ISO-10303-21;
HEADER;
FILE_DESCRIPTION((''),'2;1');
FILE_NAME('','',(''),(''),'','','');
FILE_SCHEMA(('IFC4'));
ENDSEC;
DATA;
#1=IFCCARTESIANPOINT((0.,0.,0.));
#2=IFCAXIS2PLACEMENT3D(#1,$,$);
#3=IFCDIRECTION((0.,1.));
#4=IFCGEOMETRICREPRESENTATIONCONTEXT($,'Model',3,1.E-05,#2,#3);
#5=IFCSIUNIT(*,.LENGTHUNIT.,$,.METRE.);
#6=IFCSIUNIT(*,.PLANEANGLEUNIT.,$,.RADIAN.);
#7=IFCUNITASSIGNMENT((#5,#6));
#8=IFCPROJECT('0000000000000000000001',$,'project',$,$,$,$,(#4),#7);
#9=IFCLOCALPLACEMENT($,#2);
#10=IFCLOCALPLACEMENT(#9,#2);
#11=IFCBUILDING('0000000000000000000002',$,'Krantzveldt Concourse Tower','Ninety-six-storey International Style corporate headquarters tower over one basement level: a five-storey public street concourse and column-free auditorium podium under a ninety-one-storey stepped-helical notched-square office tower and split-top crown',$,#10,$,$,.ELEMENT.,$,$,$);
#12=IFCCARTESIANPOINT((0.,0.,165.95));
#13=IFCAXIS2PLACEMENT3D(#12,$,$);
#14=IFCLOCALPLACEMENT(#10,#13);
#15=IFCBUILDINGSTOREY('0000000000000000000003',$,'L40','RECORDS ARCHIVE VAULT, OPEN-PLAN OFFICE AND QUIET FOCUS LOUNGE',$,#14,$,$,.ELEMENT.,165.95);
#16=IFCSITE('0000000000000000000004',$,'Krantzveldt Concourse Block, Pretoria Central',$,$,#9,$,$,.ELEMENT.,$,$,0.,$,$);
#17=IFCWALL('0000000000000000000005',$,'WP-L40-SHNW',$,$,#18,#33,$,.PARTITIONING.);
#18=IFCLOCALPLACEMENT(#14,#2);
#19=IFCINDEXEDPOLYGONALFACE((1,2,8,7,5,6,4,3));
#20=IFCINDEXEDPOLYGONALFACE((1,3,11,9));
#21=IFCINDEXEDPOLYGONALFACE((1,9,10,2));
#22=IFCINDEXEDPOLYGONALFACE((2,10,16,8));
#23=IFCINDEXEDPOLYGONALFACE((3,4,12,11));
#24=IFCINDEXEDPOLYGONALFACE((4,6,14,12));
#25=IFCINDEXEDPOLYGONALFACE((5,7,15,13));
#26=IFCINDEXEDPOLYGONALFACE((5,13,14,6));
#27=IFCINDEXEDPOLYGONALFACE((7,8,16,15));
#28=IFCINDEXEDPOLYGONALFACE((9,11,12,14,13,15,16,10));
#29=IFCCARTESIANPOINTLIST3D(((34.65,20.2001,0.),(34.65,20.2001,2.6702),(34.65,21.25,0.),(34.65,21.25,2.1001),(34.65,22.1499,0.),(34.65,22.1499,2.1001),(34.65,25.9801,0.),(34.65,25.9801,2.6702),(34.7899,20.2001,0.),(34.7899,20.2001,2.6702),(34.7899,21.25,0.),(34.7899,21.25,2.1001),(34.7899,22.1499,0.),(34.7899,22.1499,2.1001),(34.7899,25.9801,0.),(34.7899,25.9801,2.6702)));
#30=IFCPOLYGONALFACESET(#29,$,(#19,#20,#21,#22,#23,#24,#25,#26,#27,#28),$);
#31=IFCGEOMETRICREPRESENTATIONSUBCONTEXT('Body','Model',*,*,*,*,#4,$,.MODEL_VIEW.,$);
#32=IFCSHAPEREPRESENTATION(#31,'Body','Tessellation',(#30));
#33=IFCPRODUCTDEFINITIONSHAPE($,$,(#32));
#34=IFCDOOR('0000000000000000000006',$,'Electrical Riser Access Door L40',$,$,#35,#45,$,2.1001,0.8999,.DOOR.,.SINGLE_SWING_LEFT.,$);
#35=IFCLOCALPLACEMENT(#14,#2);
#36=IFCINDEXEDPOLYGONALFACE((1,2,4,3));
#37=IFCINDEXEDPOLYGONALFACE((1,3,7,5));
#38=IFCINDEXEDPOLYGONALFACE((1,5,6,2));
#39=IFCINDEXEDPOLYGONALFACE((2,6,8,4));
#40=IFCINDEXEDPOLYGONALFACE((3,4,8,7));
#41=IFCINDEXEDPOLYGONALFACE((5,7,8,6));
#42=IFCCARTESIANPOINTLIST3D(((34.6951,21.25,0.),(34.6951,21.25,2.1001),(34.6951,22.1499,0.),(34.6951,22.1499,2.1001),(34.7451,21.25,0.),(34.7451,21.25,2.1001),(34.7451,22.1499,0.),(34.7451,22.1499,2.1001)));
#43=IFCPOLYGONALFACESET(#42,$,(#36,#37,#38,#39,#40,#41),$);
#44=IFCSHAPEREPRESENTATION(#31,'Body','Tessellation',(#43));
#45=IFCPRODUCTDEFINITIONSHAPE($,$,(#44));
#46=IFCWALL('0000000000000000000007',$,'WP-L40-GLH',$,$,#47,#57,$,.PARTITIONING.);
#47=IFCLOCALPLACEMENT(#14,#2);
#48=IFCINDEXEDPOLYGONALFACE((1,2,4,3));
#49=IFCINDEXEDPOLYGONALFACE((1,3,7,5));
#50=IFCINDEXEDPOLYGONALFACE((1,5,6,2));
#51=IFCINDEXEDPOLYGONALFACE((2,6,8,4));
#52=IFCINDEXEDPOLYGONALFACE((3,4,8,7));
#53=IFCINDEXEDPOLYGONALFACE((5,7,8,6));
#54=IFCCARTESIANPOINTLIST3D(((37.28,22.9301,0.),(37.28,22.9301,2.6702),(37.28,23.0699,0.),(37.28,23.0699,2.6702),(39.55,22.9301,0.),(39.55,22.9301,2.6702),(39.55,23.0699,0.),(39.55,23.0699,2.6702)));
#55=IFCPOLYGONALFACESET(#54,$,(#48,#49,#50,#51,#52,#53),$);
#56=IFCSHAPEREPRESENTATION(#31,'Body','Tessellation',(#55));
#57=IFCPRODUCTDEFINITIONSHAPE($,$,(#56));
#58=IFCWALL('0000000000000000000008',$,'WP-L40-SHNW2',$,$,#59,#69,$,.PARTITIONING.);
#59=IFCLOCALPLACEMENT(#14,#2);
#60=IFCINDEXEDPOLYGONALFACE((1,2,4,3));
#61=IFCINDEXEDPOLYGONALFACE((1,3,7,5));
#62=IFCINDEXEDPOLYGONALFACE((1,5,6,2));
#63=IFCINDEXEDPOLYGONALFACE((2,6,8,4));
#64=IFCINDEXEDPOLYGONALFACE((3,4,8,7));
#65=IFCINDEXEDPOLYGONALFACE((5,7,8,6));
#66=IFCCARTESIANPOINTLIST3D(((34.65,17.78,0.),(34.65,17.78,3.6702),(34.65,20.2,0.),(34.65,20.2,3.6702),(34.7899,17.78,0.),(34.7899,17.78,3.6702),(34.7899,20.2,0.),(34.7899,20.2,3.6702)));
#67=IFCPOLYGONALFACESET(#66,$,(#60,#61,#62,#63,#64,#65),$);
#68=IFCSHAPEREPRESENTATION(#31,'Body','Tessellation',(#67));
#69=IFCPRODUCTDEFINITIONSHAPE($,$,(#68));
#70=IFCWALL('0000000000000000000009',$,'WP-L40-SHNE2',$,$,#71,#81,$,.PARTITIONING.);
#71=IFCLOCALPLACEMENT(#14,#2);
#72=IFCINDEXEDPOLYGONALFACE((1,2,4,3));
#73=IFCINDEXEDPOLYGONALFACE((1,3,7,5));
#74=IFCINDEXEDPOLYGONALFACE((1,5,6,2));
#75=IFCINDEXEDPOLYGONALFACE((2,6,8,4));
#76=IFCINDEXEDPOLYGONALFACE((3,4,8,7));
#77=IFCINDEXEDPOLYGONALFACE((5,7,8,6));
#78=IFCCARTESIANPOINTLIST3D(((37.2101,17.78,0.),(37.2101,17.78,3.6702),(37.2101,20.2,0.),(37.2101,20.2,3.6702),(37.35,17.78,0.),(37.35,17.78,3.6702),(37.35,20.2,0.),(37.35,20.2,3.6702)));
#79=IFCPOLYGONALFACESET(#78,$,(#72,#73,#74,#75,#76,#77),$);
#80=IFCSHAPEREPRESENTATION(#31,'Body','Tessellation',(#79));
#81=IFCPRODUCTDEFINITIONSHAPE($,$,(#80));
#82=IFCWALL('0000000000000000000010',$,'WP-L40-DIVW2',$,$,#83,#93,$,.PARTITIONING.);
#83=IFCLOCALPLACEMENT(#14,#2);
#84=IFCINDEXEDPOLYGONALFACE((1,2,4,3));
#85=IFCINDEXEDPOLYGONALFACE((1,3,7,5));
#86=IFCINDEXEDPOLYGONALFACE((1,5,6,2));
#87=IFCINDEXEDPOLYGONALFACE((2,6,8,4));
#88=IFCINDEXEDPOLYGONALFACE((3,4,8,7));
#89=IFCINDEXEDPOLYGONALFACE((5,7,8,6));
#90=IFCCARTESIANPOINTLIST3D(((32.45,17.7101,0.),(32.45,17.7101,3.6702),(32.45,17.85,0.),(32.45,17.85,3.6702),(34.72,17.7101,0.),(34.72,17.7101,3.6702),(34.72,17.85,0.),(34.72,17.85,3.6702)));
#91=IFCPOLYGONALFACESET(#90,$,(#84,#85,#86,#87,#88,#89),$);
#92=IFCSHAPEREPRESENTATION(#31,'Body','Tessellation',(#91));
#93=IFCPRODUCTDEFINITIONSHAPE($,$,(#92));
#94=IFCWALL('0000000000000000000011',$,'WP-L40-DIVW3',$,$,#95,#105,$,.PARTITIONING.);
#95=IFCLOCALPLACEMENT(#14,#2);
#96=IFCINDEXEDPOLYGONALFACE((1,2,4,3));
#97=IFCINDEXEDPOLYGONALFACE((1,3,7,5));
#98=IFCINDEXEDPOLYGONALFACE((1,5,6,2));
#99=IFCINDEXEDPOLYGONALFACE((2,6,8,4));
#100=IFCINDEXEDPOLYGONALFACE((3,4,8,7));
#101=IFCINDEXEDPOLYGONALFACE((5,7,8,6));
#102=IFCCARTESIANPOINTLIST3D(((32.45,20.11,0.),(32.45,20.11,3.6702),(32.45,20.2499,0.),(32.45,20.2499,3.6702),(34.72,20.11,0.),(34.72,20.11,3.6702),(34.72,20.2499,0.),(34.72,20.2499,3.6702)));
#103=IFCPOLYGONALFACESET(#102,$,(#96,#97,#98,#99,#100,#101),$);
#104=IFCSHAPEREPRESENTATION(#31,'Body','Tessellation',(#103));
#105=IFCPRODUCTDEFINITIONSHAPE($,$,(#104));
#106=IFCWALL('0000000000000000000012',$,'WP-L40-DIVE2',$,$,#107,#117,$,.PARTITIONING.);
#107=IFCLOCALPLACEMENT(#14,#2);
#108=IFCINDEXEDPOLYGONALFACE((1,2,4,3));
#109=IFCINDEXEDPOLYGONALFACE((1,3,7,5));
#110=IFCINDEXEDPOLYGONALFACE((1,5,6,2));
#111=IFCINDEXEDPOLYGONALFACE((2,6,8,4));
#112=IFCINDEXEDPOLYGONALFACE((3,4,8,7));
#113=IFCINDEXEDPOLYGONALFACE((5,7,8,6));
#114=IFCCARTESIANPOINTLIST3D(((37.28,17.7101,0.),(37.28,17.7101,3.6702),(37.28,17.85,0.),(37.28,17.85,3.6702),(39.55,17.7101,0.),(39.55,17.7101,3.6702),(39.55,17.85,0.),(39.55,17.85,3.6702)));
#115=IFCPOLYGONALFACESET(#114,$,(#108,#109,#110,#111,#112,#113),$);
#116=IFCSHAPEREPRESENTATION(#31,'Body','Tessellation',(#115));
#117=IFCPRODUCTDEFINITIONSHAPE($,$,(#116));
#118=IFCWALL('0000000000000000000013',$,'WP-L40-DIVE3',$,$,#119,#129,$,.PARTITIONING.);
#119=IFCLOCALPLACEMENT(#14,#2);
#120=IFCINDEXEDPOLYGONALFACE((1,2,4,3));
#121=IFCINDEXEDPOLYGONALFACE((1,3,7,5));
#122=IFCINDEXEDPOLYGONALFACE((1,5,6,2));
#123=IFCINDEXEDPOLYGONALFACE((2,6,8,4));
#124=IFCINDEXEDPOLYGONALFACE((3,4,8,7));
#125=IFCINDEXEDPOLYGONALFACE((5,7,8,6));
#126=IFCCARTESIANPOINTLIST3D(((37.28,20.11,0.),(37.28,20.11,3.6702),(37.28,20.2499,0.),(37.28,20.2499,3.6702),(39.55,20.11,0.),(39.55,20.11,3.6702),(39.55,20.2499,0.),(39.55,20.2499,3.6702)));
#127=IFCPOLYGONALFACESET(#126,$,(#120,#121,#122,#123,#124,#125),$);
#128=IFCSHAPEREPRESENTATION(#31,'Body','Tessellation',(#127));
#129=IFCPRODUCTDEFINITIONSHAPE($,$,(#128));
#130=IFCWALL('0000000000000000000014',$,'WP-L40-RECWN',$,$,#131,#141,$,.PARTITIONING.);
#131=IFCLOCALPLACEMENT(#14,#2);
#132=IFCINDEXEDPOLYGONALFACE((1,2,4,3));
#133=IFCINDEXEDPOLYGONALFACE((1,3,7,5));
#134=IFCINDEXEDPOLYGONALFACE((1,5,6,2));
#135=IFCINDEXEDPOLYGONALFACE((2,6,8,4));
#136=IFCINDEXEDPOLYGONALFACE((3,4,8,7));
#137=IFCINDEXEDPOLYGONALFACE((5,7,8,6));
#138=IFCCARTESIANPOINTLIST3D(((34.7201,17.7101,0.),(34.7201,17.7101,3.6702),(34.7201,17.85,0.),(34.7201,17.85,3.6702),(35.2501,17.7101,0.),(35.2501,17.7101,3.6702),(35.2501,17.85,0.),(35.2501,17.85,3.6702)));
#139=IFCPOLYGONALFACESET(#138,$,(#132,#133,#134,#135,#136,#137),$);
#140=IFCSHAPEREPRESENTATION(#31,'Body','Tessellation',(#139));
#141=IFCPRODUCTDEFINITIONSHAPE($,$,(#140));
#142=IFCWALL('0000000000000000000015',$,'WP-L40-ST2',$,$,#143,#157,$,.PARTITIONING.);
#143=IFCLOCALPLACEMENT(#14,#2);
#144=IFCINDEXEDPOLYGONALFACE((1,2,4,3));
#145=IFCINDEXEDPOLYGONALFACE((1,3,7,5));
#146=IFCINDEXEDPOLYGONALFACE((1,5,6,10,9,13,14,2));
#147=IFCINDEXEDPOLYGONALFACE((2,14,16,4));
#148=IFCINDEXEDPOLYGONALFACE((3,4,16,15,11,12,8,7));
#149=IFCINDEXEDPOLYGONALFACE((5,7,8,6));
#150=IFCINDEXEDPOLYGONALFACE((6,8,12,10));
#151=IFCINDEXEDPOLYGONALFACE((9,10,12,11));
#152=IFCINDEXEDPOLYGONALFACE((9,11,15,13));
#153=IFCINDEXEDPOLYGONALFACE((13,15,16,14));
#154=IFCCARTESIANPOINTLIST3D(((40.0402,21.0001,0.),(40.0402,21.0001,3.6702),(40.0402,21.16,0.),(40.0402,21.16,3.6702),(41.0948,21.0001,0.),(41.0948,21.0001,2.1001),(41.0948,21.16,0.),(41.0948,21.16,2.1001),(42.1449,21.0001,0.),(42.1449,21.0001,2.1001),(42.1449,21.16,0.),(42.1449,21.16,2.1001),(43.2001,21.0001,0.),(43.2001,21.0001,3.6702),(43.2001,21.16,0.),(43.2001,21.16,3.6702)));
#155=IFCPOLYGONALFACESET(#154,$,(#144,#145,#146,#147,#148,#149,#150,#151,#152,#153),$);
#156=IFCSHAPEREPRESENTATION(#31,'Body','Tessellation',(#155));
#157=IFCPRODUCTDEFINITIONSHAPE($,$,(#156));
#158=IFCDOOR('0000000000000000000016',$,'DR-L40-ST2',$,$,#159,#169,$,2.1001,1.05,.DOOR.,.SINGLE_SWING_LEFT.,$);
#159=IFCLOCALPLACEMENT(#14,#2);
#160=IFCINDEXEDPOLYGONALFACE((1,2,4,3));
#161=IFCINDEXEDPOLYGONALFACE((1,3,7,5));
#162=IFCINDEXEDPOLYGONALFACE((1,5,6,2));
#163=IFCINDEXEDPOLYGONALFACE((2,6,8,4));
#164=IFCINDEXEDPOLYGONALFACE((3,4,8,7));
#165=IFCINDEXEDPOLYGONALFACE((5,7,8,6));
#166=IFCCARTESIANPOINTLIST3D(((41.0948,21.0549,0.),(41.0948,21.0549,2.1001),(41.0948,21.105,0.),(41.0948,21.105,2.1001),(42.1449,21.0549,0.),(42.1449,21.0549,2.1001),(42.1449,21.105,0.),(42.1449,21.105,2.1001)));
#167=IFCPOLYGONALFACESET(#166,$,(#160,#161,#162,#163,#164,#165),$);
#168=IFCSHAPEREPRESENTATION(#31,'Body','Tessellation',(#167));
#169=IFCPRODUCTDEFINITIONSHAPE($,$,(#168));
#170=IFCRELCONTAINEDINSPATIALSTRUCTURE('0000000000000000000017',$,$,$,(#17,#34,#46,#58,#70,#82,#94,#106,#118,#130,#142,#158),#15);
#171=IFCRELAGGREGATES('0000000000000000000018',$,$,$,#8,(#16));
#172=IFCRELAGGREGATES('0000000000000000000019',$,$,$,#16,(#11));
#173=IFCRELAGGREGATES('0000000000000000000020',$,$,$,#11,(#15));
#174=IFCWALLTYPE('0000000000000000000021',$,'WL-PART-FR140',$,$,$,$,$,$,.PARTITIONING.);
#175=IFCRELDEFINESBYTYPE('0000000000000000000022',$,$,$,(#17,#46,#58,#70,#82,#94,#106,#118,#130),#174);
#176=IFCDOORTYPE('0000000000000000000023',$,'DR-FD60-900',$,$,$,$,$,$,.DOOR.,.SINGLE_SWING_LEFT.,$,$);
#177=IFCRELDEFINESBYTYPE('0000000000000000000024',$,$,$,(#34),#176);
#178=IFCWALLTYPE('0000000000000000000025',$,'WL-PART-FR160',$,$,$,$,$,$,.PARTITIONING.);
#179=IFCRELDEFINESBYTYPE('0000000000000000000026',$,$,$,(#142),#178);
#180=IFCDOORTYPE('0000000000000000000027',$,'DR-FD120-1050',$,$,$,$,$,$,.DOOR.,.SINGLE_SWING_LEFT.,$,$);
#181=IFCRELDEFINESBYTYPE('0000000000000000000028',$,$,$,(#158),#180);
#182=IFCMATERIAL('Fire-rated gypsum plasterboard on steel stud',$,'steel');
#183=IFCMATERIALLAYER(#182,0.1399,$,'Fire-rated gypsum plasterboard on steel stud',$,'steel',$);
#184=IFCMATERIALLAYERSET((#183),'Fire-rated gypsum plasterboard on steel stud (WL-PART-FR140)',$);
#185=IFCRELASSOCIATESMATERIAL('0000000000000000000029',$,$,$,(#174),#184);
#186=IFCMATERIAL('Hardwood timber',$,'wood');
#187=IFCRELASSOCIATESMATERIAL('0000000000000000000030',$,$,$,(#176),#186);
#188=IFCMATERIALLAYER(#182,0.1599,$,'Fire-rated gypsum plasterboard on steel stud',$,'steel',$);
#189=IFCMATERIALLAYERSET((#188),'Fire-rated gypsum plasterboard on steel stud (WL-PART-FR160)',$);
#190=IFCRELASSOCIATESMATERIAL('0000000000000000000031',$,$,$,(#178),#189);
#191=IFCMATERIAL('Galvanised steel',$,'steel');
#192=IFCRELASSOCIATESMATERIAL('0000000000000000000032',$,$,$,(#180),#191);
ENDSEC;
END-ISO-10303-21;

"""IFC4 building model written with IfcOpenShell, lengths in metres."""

from ifc_helpers import new_model, si_unit, direction, frame, frame_2d, origin, place, context, subcontext, project, spatial, rectangle, extrude, material, layer, layer_set, type_object, element, fill, save


model = new_model("IFC4")

# Units and contexts
model_context = context("Model", 3, precision=1e-05, world=origin(), true_north=direction((0.0, 1.0)))
body_context = subcontext(model_context, "Body", "Model", "MODEL_VIEW")
ifc_project = project(units=[si_unit("LENGTHUNIT", "METRE"), si_unit("PLANEANGLEUNIT", "RADIAN")], contexts=[model_context])

# Site, building, storey
site_placement = place(None, origin())
site = spatial("IfcSite", under=ifc_project, at=site_placement, Name="Krantzveldt Concourse Block, Pretoria Central", CompositionType="ELEMENT", RefElevation=0.0)
building_placement = place(site_placement, origin())
building = spatial("IfcBuilding", under=site, at=building_placement, Name="Krantzveldt Concourse Tower", Description="Ninety-six-storey International Style corporate headquarters tower over one basement level: a five-storey public street concourse and column-free auditorium podium under a ninety-one-storey stepped-helical notched-square office tower and split-top crown", CompositionType="ELEMENT")
storey_placement = place(building_placement, frame((0.0, 0.0, 165.95)))
storey = spatial("IfcBuildingStorey", under=building, at=storey_placement, Name="L40", Description="RECORDS ARCHIVE VAULT, OPEN-PLAN OFFICE AND QUIET FOCUS LOUNGE", CompositionType="ELEMENT", Elevation=165.95)

# Wall, opening, door
ifc_material_1 = material(Name="Fire-rated gypsum plasterboard on steel stud", Category="steel")
ifc_layer_1 = layer(ifc_material_1, 0.1399, Name="Fire-rated gypsum plasterboard on steel stud", Category="steel")
ifc_layer_set_1 = layer_set([ifc_layer_1], Name="Fire-rated gypsum plasterboard on steel stud (WL-PART-FR140)")
wall_type_1 = type_object("IfcWallType", Name="WL-PART-FR140", PredefinedType="PARTITIONING", material=ifc_layer_set_1)
wall_1_placement = place(storey_placement, frame((34.72, 20.2, 0.0), z_axis=(0.0, 0.0, 1.0), x_axis=(0.0, 1.0, 0.0)))
wall_1 = element("IfcWall", 1, at=wall_1_placement, inside=storey, type_object=wall_type_1, Name="WP-L40-SHNW", PredefinedType="PARTITIONING", context=body_context, shape_type="SweptSolid", body=[
    extrude(rectangle(XDim=5.78, YDim=0.1399, at=frame_2d((2.8901, 0.0))), origin(), (0.0, 0.0, 1.0), 2.6702),
])
opening_1_placement = place(wall_1_placement, frame((1.05, 0.0, 0.0)))
opening_1 = element("IfcOpeningElement", 2, at=opening_1_placement, cuts=wall_1, PredefinedType="OPENING", context=body_context, shape_type="SweptSolid", body=[
    extrude(rectangle(XDim=0.8999, YDim=2.1001, at=frame_2d((0.45, 1.05))), frame((0.0, 0.0801, 0.0), z_axis=(0.0, -1.0, 0.0), x_axis=(1.0, 0.0, 0.0)), (0.0, 0.0, 1.0), 0.1599),
])
ifc_material_2 = material(Name="Hardwood timber", Category="wood")
door_type_1 = type_object("IfcDoorType", Name="DR-FD60-900", OperationType="SINGLE_SWING_LEFT", PredefinedType="DOOR", material=ifc_material_2)
door_1_placement = place(opening_1_placement, origin())
door_1 = element("IfcDoor", 3, at=door_1_placement, inside=storey, type_object=door_type_1, Name="Electrical Riser Access Door L40", OperationType="SINGLE_SWING_LEFT", OverallHeight=2.1001, OverallWidth=0.8999, PredefinedType="DOOR", context=body_context, shape_type="SweptSolid", body=[
    extrude(rectangle(XDim=0.8999, YDim=2.1001, at=frame_2d((0.45, 1.05))), frame((0.0, 0.0249, 0.0), z_axis=(0.0, -1.0, 0.0), x_axis=(1.0, 0.0, 0.0)), (0.0, 0.0, 1.0), 0.05),
])
fill(opening_1, door_1)

# Walls
wall_2_placement = place(storey_placement, frame((37.28, 23.0, 0.0), z_axis=(0.0, 0.0, 1.0), x_axis=(1.0, 0.0, 0.0)))
element("IfcWall", 4, at=wall_2_placement, inside=storey, type_object=wall_type_1, Name="WP-L40-GLH", PredefinedType="PARTITIONING", context=body_context, shape_type="SweptSolid", body=[
    extrude(rectangle(XDim=2.27, YDim=0.1399, at=frame_2d((1.135, 0.0))), origin(), (0.0, 0.0, 1.0), 2.6702),
])
for number, where, z_axis, x_axis, name in (
    (5, (34.72, 17.78, 0.0), (0.0, 0.0, 1.0), (0.0, 1.0, 0.0), "WP-L40-SHNW2"),
    (6, (37.28, 17.78, 0.0), (0.0, 0.0, 1.0), (0.0, 1.0, 0.0), "WP-L40-SHNE2"),
):
    element("IfcWall", number, at=place(storey_placement, frame(where, z_axis=z_axis, x_axis=x_axis)), inside=storey, type_object=wall_type_1, Name=name, PredefinedType="PARTITIONING", context=body_context, shape_type="SweptSolid", body=[
        extrude(rectangle(XDim=2.4199, YDim=0.1399, at=frame_2d((1.21, 0.0))), origin(), (0.0, 0.0, 1.0), 3.6702),
    ])
for number, where, z_axis, x_axis, name in (
    (7, (32.45, 17.78, 0.0), (0.0, 0.0, 1.0), (1.0, 0.0, 0.0), "WP-L40-DIVW2"),
    (8, (32.45, 20.1799, 0.0), (0.0, 0.0, 1.0), (1.0, 0.0, 0.0), "WP-L40-DIVW3"),
    (9, (37.28, 17.78, 0.0), (0.0, 0.0, 1.0), (1.0, 0.0, 0.0), "WP-L40-DIVE2"),
    (10, (37.28, 20.1799, 0.0), (0.0, 0.0, 1.0), (1.0, 0.0, 0.0), "WP-L40-DIVE3"),
):
    element("IfcWall", number, at=place(storey_placement, frame(where, z_axis=z_axis, x_axis=x_axis)), inside=storey, type_object=wall_type_1, Name=name, PredefinedType="PARTITIONING", context=body_context, shape_type="SweptSolid", body=[
        extrude(rectangle(XDim=2.27, YDim=0.1399, at=frame_2d((1.135, 0.0))), origin(), (0.0, 0.0, 1.0), 3.6702),
    ])
wall_3_placement = place(storey_placement, frame((34.72, 17.78, 0.0), z_axis=(0.0, 0.0, 1.0), x_axis=(1.0, 0.0, 0.0)))
element("IfcWall", 11, at=wall_3_placement, inside=storey, type_object=wall_type_1, Name="WP-L40-RECWN", PredefinedType="PARTITIONING", context=body_context, shape_type="SweptSolid", body=[
    extrude(rectangle(XDim=0.53, YDim=0.1399, at=frame_2d((0.2651, 0.0))), origin(), (0.0, 0.0, 1.0), 3.6702),
])

# Wall, opening, door
ifc_layer_2 = layer(ifc_material_1, 0.1599, Name="Fire-rated gypsum plasterboard on steel stud", Category="steel")
ifc_layer_set_2 = layer_set([ifc_layer_2], Name="Fire-rated gypsum plasterboard on steel stud (WL-PART-FR160)")
wall_type_2 = type_object("IfcWallType", Name="WL-PART-FR160", PredefinedType="PARTITIONING", material=ifc_layer_set_2)
wall_4_placement = place(storey_placement, frame((40.04, 21.0801, 0.0), z_axis=(0.0, 0.0, 1.0), x_axis=(1.0, 0.0, 0.0)))
wall_4 = element("IfcWall", 12, at=wall_4_placement, inside=storey, type_object=wall_type_2, Name="WP-L40-ST2", PredefinedType="PARTITIONING", context=body_context, shape_type="SweptSolid", body=[
    extrude(rectangle(XDim=3.1599, YDim=0.1599, at=frame_2d((1.5801, 0.0))), origin(), (0.0, 0.0, 1.0), 3.6702),
])
opening_2_placement = place(wall_4_placement, frame((1.0549, 0.0, 0.0)))
opening_2 = element("IfcOpeningElement", 13, at=opening_2_placement, cuts=wall_4, PredefinedType="OPENING", context=body_context, shape_type="SweptSolid", body=[
    extrude(rectangle(XDim=1.05, YDim=2.1001, at=frame_2d((0.5249, 1.05))), frame((0.0, 0.0898, 0.0), z_axis=(0.0, -1.0, 0.0), x_axis=(1.0, 0.0, 0.0)), (0.0, 0.0, 1.0), 0.1799),
])
ifc_material_3 = material(Name="Galvanised steel", Category="steel")
door_type_2 = type_object("IfcDoorType", Name="DR-FD120-1050", OperationType="SINGLE_SWING_LEFT", PredefinedType="DOOR", material=ifc_material_3)
door_2_placement = place(opening_2_placement, origin())
door_2 = element("IfcDoor", 14, at=door_2_placement, inside=storey, type_object=door_type_2, Name="DR-L40-ST2", OperationType="SINGLE_SWING_LEFT", OverallHeight=2.1001, OverallWidth=1.05, PredefinedType="DOOR", context=body_context, shape_type="SweptSolid", body=[
    extrude(rectangle(XDim=1.05, YDim=2.1001, at=frame_2d((0.5249, 1.05))), frame((0.0, 0.0249, 0.0), z_axis=(0.0, -1.0, 0.0), x_axis=(1.0, 0.0, 0.0)), (0.0, 0.0, 1.0), 0.05),
])
fill(opening_2, door_2)

save(model, "model.ifc")
